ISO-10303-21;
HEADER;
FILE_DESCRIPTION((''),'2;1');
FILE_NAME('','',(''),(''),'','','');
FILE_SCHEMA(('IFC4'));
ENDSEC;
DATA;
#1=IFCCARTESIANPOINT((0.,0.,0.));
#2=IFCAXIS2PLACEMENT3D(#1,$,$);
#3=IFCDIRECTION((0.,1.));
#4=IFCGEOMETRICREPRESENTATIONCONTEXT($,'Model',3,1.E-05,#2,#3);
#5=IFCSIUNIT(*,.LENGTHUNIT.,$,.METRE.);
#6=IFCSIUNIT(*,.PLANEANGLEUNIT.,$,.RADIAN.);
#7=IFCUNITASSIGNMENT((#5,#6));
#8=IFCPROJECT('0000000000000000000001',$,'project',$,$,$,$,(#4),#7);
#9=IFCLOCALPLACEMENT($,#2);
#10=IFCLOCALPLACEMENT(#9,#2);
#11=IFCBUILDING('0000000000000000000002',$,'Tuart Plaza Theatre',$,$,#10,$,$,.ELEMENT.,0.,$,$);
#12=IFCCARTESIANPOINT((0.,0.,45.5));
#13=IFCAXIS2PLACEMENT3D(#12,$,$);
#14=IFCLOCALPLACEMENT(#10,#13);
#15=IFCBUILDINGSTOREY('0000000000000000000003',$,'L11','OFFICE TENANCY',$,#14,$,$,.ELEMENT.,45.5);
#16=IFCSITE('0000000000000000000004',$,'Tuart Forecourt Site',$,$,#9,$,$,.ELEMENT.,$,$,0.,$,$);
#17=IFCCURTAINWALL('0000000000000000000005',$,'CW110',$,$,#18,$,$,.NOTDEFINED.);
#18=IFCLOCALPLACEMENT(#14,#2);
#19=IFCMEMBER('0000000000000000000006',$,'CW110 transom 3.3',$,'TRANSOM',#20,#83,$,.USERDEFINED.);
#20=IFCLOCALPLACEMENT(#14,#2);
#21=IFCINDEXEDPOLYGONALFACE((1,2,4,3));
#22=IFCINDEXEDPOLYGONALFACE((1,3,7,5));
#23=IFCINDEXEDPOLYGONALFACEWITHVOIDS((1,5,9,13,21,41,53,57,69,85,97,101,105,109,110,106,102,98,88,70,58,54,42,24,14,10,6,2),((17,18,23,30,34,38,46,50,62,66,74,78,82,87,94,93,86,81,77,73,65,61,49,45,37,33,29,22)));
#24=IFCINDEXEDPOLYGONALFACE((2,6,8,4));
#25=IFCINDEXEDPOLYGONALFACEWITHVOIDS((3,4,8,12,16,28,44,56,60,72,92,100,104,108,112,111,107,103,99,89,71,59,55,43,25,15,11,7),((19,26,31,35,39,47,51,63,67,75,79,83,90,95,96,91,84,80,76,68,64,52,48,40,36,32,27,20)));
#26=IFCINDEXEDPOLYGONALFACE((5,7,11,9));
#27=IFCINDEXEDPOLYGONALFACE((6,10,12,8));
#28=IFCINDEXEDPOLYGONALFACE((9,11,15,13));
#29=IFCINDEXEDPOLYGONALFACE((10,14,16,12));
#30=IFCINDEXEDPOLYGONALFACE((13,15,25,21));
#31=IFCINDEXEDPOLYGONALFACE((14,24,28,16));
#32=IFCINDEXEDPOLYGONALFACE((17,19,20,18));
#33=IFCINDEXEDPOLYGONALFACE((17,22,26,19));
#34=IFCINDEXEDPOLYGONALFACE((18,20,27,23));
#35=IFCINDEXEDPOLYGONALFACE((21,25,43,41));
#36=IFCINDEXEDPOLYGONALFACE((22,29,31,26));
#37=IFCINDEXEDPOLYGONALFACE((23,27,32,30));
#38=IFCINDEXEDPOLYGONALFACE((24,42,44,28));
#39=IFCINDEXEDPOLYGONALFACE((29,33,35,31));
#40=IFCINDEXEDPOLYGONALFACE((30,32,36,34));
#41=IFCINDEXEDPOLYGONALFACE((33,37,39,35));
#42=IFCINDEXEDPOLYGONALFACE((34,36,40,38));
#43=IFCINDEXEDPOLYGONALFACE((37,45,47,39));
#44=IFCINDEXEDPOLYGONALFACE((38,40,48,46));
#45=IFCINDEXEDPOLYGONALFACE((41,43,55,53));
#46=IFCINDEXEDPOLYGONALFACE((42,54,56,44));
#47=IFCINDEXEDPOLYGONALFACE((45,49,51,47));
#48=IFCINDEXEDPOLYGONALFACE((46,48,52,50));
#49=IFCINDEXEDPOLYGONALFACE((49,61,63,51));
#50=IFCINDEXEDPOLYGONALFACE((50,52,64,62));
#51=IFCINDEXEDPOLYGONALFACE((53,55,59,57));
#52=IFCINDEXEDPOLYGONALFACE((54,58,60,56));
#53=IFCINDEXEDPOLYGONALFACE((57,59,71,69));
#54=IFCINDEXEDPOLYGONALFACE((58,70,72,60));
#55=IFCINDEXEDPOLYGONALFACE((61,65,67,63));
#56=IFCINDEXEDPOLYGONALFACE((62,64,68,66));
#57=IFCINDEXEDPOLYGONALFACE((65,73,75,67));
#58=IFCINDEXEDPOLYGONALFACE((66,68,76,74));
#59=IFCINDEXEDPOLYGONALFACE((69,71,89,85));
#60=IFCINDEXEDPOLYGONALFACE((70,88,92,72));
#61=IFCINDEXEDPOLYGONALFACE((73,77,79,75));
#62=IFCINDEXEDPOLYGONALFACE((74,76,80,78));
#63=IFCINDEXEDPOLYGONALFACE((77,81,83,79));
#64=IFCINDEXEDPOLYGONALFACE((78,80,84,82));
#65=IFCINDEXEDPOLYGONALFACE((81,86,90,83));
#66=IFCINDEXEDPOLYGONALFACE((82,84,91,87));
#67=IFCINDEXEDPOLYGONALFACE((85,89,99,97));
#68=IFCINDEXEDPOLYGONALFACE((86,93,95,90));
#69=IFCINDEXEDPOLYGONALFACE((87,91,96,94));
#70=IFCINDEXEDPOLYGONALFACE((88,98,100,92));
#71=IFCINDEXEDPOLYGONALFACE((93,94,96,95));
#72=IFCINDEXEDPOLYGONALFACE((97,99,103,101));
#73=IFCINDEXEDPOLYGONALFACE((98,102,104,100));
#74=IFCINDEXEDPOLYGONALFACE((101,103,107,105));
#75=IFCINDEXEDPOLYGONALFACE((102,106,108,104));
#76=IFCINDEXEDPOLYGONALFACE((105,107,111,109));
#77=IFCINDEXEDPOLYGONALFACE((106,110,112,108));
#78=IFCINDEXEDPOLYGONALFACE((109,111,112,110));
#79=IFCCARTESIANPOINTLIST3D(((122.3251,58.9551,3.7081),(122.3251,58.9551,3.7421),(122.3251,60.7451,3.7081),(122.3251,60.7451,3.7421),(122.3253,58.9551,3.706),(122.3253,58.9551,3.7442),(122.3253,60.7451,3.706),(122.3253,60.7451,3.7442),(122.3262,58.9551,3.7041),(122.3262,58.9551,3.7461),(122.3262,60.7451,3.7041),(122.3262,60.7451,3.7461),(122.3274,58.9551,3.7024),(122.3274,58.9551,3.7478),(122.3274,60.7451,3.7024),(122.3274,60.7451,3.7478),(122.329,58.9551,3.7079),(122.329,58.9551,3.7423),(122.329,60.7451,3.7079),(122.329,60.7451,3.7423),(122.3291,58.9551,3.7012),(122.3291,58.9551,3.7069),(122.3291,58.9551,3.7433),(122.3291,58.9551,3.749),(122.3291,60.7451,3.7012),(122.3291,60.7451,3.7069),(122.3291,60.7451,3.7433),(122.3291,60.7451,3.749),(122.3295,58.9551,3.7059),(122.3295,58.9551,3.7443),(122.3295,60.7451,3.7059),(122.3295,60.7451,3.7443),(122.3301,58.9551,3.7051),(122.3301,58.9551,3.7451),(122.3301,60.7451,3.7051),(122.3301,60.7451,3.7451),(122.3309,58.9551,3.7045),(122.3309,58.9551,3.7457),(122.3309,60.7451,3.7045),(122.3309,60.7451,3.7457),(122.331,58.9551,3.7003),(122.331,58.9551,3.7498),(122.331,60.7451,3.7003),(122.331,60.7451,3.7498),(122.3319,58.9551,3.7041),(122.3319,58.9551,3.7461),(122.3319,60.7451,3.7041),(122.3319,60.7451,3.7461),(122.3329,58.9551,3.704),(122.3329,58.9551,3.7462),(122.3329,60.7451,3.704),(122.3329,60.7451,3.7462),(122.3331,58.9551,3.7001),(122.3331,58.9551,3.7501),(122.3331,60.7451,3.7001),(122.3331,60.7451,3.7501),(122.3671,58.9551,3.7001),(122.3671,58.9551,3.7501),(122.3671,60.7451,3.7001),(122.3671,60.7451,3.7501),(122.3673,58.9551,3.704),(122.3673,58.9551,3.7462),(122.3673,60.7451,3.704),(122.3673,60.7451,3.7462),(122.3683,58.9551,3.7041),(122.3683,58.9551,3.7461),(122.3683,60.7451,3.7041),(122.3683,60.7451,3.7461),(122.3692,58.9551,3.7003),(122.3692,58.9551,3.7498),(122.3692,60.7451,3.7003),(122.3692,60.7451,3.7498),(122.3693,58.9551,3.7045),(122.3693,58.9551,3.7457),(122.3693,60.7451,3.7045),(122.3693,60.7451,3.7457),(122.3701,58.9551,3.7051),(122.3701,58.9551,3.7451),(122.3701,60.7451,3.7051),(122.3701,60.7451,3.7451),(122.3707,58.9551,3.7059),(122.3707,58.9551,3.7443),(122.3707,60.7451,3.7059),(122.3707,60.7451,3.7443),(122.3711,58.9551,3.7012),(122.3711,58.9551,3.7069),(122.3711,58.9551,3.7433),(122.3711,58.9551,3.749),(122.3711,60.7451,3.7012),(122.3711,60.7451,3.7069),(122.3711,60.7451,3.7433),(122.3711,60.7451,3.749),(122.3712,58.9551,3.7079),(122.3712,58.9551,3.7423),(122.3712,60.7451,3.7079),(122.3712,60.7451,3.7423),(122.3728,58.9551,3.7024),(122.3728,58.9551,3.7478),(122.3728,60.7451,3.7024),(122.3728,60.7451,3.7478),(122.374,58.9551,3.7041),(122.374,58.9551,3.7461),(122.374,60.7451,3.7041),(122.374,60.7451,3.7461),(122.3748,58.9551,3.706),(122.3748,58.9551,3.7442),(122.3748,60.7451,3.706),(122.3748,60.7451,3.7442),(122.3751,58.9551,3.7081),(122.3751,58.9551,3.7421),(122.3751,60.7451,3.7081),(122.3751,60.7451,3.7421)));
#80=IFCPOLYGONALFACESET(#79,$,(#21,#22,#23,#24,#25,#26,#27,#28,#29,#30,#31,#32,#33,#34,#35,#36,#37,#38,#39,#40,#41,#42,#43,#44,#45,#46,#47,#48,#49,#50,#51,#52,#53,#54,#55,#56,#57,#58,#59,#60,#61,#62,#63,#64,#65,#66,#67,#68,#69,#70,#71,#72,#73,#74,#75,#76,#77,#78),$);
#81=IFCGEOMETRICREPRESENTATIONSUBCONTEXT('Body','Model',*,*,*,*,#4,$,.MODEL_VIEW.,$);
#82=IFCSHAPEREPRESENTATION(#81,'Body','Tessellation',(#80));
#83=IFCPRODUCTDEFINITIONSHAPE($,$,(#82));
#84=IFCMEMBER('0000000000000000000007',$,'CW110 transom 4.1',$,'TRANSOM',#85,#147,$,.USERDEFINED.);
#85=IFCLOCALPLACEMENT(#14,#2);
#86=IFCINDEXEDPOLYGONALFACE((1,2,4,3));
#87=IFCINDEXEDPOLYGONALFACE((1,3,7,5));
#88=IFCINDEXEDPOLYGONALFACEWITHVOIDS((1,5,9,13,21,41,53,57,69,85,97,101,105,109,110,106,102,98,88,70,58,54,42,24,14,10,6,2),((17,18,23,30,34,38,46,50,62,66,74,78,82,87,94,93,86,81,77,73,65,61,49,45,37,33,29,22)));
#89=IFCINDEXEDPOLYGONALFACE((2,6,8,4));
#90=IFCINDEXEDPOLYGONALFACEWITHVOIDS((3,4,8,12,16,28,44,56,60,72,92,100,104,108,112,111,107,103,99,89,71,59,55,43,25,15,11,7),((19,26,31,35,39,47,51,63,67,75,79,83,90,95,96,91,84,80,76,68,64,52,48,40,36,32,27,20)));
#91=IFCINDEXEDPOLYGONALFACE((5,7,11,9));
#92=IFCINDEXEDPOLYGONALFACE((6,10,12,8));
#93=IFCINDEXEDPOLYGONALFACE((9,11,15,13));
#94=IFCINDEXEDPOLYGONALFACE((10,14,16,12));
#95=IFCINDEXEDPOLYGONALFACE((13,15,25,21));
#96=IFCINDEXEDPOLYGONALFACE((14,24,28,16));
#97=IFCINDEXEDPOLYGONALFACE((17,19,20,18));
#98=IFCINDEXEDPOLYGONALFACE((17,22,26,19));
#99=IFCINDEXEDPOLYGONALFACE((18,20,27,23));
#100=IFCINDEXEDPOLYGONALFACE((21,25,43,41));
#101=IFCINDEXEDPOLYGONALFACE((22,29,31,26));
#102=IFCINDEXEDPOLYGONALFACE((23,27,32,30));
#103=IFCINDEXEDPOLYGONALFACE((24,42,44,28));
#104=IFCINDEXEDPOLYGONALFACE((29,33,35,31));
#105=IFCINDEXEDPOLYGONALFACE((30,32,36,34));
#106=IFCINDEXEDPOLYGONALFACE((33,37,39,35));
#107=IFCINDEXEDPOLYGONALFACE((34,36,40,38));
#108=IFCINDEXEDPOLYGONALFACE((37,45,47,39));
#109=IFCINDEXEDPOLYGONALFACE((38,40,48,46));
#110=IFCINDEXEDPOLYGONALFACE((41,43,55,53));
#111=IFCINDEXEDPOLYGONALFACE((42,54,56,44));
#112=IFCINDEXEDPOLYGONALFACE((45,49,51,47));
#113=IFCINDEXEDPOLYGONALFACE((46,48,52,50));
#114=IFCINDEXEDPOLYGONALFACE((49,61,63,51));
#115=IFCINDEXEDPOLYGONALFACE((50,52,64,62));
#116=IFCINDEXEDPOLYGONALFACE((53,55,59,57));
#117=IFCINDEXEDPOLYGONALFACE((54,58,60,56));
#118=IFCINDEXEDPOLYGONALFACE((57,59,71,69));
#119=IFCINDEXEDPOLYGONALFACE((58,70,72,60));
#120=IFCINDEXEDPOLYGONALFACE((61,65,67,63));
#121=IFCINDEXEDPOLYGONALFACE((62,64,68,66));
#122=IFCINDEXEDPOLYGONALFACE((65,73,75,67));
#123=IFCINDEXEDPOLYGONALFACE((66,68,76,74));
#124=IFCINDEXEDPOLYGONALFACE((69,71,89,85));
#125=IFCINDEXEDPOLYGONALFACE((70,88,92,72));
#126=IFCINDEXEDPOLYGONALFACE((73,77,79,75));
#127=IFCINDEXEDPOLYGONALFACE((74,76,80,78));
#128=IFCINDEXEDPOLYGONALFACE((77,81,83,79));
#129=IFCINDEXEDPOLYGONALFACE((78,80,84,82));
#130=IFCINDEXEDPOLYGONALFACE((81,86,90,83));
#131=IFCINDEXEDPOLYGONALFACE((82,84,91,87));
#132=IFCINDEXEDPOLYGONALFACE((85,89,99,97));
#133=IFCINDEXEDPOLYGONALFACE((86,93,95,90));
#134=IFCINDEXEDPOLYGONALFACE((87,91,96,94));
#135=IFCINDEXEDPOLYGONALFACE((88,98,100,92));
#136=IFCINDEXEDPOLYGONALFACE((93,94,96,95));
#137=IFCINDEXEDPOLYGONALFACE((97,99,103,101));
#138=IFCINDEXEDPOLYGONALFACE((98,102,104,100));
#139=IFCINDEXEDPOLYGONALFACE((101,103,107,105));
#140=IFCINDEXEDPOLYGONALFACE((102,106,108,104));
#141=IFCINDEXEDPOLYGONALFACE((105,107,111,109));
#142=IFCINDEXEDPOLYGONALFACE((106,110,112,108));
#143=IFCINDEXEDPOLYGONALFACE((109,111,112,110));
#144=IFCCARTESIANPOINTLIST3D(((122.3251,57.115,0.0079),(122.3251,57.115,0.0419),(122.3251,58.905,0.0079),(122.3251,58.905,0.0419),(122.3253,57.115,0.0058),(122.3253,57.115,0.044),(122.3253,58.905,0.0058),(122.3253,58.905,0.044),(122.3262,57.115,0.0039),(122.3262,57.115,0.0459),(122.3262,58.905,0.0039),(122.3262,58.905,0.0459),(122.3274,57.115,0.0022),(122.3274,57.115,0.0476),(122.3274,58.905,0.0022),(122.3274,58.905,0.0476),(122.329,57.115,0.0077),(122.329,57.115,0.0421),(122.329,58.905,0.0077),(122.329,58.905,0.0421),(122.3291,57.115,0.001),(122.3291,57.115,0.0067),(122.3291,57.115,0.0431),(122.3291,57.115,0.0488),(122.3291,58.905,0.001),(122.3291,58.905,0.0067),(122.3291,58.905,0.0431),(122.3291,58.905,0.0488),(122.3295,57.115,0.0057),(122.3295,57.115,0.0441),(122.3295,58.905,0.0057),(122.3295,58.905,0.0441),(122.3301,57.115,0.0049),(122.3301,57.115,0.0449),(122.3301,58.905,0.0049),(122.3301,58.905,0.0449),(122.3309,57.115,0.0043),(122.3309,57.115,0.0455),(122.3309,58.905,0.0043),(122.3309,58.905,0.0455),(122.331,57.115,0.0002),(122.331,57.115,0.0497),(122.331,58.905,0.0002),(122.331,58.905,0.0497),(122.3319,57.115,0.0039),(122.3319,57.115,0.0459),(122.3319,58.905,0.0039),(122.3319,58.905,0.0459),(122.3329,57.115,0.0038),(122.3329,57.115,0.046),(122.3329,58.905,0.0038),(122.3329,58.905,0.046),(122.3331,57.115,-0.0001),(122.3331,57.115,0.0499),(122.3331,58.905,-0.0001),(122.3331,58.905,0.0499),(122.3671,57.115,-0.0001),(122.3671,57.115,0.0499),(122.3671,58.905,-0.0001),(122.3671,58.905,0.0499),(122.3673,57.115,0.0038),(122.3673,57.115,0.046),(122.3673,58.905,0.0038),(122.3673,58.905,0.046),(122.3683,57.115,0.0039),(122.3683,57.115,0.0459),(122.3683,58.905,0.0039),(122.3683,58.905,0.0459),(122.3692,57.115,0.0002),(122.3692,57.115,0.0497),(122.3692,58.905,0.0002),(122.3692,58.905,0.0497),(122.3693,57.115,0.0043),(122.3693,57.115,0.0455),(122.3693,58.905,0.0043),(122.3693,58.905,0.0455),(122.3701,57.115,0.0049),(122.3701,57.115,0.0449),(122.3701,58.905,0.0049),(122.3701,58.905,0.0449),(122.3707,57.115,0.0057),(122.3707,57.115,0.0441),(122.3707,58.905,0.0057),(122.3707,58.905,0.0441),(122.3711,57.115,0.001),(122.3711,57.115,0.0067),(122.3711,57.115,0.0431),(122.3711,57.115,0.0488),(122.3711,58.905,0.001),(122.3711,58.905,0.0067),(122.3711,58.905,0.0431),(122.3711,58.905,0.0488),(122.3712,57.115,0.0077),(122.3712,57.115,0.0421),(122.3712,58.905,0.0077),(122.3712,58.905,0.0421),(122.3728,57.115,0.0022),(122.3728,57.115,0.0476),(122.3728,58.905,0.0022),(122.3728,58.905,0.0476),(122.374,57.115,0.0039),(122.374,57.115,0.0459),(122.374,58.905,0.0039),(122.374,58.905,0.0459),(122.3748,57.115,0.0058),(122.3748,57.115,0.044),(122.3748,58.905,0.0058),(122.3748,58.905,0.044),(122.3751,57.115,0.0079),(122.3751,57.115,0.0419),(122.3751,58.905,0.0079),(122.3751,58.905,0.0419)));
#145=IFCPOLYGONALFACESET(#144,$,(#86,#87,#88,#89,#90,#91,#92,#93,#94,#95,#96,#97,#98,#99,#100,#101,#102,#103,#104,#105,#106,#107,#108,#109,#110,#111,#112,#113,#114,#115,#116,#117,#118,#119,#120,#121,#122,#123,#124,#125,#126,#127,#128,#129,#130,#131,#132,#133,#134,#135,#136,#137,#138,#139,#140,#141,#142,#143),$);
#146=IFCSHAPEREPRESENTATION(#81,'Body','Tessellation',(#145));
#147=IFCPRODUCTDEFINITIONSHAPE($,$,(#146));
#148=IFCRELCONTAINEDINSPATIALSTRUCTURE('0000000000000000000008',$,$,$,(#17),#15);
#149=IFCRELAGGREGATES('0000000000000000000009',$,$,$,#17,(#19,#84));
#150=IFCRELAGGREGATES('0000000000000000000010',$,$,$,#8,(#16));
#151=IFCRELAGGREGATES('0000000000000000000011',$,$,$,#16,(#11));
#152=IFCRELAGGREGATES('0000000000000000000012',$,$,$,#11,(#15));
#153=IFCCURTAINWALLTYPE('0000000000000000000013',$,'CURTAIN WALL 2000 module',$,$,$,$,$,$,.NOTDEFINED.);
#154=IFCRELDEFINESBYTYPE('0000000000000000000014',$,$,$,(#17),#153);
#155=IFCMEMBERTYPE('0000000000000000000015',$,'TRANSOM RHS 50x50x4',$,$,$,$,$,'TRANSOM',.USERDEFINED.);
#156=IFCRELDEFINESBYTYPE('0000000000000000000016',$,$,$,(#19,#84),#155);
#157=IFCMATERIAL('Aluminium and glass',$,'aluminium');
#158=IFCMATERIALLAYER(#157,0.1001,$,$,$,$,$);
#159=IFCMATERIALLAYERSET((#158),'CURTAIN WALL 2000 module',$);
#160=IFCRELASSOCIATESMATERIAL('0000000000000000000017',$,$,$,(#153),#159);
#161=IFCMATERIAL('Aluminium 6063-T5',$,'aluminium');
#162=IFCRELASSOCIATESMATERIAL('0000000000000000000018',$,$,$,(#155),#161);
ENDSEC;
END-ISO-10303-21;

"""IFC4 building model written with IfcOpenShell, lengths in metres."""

from ifc_helpers import new_model, si_unit, direction, frame, origin, origin_2d, place, context, subcontext, project, spatial, hollow_rectangle, extrude, material, layer, layer_set, material_profile, profile_set, type_object, element, aggregate, save


model = new_model("IFC4")

# Units and contexts
model_context = context("Model", 3, precision=1e-05, world=origin(), true_north=direction((0.0, 1.0)))
body_context = subcontext(model_context, "Body", "Model", "MODEL_VIEW")
ifc_project = project(units=[si_unit("LENGTHUNIT", "METRE"), si_unit("PLANEANGLEUNIT", "RADIAN")], contexts=[model_context])

# Site, building, storey
site_placement = place(None, origin())
site = spatial("IfcSite", under=ifc_project, at=site_placement, Name="Tuart Forecourt Site", CompositionType="ELEMENT", RefElevation=0.0)
building_placement = place(site_placement, origin())
building = spatial("IfcBuilding", under=site, at=building_placement, Name="Tuart Plaza Theatre", CompositionType="ELEMENT", ElevationOfRefHeight=0.0)
storey_placement = place(building_placement, frame((0.0, 0.0, 45.5)))
storey = spatial("IfcBuildingStorey", under=building, at=storey_placement, Name="L11", Description="OFFICE TENANCY", CompositionType="ELEMENT", Elevation=45.5)

# Curtain wall, members
ifc_material_1 = material(Name="Aluminium and glass", Category="aluminium")
ifc_layer_1 = layer(ifc_material_1, 0.1001)
ifc_layer_set_1 = layer_set([ifc_layer_1], Name="CURTAIN WALL 2000 module")
curtain_wall_type = type_object("IfcCurtainWallType", Name="CURTAIN WALL 2000 module", PredefinedType="NOTDEFINED", material=ifc_layer_set_1)
curtain_wall_placement = place(storey_placement, origin())
curtain_wall = element("IfcCurtainWall", 1, at=curtain_wall_placement, inside=storey, type_object=curtain_wall_type, Name="CW110", PredefinedType="NOTDEFINED")
ifc_material_2 = material(Name="Aluminium 6063-T5", Category="aluminium")
ifc_material_profile_1 = material_profile(ifc_material_2, hollow_rectangle(XDim=0.05, YDim=0.05, WallThickness=0.0039, InnerFilletRadius=0.0039, OuterFilletRadius=0.0081, at=origin_2d()), Name="RHS 50x50x4")
ifc_profile_set_1 = profile_set([ifc_material_profile_1], Name="Aluminium 6063-T5")
member_type_1 = type_object("IfcMemberType", Name="TRANSOM RHS 50x50x4", ElementType="TRANSOM", PredefinedType="USERDEFINED", material=ifc_profile_set_1)
member_1_placement = place(storey_placement, frame((122.3501, 60.7451, 3.7251), z_axis=(0.0, -1.0, 0.0), x_axis=(1.0, 0.0, 0.0)))
member_1 = element("IfcMember", 2, at=member_1_placement, type_object=member_type_1, Name="CW110 transom 3.3", ObjectType="TRANSOM", PredefinedType="USERDEFINED", context=body_context, shape_type="SweptSolid", body=[
    extrude(hollow_rectangle(XDim=0.05, YDim=0.05, WallThickness=0.0039, InnerFilletRadius=0.0039, OuterFilletRadius=0.0081, at=origin_2d()), origin(), (0.0, 0.0, 1.0), 1.79),
])
member_2_placement = place(storey_placement, frame((122.3501, 58.905, 0.0249), z_axis=(0.0, -1.0, 0.0), x_axis=(1.0, 0.0, 0.0)))
member_2 = element("IfcMember", 3, at=member_2_placement, type_object=member_type_1, Name="CW110 transom 4.1", ObjectType="TRANSOM", PredefinedType="USERDEFINED", context=body_context, shape_type="SweptSolid", body=[
    extrude(hollow_rectangle(XDim=0.05, YDim=0.05, WallThickness=0.0039, InnerFilletRadius=0.0039, OuterFilletRadius=0.0081, at=origin_2d()), origin(), (0.0, 0.0, 1.0), 1.79),
])
aggregate(curtain_wall, [member_1, member_2])

save(model, "model.ifc")
